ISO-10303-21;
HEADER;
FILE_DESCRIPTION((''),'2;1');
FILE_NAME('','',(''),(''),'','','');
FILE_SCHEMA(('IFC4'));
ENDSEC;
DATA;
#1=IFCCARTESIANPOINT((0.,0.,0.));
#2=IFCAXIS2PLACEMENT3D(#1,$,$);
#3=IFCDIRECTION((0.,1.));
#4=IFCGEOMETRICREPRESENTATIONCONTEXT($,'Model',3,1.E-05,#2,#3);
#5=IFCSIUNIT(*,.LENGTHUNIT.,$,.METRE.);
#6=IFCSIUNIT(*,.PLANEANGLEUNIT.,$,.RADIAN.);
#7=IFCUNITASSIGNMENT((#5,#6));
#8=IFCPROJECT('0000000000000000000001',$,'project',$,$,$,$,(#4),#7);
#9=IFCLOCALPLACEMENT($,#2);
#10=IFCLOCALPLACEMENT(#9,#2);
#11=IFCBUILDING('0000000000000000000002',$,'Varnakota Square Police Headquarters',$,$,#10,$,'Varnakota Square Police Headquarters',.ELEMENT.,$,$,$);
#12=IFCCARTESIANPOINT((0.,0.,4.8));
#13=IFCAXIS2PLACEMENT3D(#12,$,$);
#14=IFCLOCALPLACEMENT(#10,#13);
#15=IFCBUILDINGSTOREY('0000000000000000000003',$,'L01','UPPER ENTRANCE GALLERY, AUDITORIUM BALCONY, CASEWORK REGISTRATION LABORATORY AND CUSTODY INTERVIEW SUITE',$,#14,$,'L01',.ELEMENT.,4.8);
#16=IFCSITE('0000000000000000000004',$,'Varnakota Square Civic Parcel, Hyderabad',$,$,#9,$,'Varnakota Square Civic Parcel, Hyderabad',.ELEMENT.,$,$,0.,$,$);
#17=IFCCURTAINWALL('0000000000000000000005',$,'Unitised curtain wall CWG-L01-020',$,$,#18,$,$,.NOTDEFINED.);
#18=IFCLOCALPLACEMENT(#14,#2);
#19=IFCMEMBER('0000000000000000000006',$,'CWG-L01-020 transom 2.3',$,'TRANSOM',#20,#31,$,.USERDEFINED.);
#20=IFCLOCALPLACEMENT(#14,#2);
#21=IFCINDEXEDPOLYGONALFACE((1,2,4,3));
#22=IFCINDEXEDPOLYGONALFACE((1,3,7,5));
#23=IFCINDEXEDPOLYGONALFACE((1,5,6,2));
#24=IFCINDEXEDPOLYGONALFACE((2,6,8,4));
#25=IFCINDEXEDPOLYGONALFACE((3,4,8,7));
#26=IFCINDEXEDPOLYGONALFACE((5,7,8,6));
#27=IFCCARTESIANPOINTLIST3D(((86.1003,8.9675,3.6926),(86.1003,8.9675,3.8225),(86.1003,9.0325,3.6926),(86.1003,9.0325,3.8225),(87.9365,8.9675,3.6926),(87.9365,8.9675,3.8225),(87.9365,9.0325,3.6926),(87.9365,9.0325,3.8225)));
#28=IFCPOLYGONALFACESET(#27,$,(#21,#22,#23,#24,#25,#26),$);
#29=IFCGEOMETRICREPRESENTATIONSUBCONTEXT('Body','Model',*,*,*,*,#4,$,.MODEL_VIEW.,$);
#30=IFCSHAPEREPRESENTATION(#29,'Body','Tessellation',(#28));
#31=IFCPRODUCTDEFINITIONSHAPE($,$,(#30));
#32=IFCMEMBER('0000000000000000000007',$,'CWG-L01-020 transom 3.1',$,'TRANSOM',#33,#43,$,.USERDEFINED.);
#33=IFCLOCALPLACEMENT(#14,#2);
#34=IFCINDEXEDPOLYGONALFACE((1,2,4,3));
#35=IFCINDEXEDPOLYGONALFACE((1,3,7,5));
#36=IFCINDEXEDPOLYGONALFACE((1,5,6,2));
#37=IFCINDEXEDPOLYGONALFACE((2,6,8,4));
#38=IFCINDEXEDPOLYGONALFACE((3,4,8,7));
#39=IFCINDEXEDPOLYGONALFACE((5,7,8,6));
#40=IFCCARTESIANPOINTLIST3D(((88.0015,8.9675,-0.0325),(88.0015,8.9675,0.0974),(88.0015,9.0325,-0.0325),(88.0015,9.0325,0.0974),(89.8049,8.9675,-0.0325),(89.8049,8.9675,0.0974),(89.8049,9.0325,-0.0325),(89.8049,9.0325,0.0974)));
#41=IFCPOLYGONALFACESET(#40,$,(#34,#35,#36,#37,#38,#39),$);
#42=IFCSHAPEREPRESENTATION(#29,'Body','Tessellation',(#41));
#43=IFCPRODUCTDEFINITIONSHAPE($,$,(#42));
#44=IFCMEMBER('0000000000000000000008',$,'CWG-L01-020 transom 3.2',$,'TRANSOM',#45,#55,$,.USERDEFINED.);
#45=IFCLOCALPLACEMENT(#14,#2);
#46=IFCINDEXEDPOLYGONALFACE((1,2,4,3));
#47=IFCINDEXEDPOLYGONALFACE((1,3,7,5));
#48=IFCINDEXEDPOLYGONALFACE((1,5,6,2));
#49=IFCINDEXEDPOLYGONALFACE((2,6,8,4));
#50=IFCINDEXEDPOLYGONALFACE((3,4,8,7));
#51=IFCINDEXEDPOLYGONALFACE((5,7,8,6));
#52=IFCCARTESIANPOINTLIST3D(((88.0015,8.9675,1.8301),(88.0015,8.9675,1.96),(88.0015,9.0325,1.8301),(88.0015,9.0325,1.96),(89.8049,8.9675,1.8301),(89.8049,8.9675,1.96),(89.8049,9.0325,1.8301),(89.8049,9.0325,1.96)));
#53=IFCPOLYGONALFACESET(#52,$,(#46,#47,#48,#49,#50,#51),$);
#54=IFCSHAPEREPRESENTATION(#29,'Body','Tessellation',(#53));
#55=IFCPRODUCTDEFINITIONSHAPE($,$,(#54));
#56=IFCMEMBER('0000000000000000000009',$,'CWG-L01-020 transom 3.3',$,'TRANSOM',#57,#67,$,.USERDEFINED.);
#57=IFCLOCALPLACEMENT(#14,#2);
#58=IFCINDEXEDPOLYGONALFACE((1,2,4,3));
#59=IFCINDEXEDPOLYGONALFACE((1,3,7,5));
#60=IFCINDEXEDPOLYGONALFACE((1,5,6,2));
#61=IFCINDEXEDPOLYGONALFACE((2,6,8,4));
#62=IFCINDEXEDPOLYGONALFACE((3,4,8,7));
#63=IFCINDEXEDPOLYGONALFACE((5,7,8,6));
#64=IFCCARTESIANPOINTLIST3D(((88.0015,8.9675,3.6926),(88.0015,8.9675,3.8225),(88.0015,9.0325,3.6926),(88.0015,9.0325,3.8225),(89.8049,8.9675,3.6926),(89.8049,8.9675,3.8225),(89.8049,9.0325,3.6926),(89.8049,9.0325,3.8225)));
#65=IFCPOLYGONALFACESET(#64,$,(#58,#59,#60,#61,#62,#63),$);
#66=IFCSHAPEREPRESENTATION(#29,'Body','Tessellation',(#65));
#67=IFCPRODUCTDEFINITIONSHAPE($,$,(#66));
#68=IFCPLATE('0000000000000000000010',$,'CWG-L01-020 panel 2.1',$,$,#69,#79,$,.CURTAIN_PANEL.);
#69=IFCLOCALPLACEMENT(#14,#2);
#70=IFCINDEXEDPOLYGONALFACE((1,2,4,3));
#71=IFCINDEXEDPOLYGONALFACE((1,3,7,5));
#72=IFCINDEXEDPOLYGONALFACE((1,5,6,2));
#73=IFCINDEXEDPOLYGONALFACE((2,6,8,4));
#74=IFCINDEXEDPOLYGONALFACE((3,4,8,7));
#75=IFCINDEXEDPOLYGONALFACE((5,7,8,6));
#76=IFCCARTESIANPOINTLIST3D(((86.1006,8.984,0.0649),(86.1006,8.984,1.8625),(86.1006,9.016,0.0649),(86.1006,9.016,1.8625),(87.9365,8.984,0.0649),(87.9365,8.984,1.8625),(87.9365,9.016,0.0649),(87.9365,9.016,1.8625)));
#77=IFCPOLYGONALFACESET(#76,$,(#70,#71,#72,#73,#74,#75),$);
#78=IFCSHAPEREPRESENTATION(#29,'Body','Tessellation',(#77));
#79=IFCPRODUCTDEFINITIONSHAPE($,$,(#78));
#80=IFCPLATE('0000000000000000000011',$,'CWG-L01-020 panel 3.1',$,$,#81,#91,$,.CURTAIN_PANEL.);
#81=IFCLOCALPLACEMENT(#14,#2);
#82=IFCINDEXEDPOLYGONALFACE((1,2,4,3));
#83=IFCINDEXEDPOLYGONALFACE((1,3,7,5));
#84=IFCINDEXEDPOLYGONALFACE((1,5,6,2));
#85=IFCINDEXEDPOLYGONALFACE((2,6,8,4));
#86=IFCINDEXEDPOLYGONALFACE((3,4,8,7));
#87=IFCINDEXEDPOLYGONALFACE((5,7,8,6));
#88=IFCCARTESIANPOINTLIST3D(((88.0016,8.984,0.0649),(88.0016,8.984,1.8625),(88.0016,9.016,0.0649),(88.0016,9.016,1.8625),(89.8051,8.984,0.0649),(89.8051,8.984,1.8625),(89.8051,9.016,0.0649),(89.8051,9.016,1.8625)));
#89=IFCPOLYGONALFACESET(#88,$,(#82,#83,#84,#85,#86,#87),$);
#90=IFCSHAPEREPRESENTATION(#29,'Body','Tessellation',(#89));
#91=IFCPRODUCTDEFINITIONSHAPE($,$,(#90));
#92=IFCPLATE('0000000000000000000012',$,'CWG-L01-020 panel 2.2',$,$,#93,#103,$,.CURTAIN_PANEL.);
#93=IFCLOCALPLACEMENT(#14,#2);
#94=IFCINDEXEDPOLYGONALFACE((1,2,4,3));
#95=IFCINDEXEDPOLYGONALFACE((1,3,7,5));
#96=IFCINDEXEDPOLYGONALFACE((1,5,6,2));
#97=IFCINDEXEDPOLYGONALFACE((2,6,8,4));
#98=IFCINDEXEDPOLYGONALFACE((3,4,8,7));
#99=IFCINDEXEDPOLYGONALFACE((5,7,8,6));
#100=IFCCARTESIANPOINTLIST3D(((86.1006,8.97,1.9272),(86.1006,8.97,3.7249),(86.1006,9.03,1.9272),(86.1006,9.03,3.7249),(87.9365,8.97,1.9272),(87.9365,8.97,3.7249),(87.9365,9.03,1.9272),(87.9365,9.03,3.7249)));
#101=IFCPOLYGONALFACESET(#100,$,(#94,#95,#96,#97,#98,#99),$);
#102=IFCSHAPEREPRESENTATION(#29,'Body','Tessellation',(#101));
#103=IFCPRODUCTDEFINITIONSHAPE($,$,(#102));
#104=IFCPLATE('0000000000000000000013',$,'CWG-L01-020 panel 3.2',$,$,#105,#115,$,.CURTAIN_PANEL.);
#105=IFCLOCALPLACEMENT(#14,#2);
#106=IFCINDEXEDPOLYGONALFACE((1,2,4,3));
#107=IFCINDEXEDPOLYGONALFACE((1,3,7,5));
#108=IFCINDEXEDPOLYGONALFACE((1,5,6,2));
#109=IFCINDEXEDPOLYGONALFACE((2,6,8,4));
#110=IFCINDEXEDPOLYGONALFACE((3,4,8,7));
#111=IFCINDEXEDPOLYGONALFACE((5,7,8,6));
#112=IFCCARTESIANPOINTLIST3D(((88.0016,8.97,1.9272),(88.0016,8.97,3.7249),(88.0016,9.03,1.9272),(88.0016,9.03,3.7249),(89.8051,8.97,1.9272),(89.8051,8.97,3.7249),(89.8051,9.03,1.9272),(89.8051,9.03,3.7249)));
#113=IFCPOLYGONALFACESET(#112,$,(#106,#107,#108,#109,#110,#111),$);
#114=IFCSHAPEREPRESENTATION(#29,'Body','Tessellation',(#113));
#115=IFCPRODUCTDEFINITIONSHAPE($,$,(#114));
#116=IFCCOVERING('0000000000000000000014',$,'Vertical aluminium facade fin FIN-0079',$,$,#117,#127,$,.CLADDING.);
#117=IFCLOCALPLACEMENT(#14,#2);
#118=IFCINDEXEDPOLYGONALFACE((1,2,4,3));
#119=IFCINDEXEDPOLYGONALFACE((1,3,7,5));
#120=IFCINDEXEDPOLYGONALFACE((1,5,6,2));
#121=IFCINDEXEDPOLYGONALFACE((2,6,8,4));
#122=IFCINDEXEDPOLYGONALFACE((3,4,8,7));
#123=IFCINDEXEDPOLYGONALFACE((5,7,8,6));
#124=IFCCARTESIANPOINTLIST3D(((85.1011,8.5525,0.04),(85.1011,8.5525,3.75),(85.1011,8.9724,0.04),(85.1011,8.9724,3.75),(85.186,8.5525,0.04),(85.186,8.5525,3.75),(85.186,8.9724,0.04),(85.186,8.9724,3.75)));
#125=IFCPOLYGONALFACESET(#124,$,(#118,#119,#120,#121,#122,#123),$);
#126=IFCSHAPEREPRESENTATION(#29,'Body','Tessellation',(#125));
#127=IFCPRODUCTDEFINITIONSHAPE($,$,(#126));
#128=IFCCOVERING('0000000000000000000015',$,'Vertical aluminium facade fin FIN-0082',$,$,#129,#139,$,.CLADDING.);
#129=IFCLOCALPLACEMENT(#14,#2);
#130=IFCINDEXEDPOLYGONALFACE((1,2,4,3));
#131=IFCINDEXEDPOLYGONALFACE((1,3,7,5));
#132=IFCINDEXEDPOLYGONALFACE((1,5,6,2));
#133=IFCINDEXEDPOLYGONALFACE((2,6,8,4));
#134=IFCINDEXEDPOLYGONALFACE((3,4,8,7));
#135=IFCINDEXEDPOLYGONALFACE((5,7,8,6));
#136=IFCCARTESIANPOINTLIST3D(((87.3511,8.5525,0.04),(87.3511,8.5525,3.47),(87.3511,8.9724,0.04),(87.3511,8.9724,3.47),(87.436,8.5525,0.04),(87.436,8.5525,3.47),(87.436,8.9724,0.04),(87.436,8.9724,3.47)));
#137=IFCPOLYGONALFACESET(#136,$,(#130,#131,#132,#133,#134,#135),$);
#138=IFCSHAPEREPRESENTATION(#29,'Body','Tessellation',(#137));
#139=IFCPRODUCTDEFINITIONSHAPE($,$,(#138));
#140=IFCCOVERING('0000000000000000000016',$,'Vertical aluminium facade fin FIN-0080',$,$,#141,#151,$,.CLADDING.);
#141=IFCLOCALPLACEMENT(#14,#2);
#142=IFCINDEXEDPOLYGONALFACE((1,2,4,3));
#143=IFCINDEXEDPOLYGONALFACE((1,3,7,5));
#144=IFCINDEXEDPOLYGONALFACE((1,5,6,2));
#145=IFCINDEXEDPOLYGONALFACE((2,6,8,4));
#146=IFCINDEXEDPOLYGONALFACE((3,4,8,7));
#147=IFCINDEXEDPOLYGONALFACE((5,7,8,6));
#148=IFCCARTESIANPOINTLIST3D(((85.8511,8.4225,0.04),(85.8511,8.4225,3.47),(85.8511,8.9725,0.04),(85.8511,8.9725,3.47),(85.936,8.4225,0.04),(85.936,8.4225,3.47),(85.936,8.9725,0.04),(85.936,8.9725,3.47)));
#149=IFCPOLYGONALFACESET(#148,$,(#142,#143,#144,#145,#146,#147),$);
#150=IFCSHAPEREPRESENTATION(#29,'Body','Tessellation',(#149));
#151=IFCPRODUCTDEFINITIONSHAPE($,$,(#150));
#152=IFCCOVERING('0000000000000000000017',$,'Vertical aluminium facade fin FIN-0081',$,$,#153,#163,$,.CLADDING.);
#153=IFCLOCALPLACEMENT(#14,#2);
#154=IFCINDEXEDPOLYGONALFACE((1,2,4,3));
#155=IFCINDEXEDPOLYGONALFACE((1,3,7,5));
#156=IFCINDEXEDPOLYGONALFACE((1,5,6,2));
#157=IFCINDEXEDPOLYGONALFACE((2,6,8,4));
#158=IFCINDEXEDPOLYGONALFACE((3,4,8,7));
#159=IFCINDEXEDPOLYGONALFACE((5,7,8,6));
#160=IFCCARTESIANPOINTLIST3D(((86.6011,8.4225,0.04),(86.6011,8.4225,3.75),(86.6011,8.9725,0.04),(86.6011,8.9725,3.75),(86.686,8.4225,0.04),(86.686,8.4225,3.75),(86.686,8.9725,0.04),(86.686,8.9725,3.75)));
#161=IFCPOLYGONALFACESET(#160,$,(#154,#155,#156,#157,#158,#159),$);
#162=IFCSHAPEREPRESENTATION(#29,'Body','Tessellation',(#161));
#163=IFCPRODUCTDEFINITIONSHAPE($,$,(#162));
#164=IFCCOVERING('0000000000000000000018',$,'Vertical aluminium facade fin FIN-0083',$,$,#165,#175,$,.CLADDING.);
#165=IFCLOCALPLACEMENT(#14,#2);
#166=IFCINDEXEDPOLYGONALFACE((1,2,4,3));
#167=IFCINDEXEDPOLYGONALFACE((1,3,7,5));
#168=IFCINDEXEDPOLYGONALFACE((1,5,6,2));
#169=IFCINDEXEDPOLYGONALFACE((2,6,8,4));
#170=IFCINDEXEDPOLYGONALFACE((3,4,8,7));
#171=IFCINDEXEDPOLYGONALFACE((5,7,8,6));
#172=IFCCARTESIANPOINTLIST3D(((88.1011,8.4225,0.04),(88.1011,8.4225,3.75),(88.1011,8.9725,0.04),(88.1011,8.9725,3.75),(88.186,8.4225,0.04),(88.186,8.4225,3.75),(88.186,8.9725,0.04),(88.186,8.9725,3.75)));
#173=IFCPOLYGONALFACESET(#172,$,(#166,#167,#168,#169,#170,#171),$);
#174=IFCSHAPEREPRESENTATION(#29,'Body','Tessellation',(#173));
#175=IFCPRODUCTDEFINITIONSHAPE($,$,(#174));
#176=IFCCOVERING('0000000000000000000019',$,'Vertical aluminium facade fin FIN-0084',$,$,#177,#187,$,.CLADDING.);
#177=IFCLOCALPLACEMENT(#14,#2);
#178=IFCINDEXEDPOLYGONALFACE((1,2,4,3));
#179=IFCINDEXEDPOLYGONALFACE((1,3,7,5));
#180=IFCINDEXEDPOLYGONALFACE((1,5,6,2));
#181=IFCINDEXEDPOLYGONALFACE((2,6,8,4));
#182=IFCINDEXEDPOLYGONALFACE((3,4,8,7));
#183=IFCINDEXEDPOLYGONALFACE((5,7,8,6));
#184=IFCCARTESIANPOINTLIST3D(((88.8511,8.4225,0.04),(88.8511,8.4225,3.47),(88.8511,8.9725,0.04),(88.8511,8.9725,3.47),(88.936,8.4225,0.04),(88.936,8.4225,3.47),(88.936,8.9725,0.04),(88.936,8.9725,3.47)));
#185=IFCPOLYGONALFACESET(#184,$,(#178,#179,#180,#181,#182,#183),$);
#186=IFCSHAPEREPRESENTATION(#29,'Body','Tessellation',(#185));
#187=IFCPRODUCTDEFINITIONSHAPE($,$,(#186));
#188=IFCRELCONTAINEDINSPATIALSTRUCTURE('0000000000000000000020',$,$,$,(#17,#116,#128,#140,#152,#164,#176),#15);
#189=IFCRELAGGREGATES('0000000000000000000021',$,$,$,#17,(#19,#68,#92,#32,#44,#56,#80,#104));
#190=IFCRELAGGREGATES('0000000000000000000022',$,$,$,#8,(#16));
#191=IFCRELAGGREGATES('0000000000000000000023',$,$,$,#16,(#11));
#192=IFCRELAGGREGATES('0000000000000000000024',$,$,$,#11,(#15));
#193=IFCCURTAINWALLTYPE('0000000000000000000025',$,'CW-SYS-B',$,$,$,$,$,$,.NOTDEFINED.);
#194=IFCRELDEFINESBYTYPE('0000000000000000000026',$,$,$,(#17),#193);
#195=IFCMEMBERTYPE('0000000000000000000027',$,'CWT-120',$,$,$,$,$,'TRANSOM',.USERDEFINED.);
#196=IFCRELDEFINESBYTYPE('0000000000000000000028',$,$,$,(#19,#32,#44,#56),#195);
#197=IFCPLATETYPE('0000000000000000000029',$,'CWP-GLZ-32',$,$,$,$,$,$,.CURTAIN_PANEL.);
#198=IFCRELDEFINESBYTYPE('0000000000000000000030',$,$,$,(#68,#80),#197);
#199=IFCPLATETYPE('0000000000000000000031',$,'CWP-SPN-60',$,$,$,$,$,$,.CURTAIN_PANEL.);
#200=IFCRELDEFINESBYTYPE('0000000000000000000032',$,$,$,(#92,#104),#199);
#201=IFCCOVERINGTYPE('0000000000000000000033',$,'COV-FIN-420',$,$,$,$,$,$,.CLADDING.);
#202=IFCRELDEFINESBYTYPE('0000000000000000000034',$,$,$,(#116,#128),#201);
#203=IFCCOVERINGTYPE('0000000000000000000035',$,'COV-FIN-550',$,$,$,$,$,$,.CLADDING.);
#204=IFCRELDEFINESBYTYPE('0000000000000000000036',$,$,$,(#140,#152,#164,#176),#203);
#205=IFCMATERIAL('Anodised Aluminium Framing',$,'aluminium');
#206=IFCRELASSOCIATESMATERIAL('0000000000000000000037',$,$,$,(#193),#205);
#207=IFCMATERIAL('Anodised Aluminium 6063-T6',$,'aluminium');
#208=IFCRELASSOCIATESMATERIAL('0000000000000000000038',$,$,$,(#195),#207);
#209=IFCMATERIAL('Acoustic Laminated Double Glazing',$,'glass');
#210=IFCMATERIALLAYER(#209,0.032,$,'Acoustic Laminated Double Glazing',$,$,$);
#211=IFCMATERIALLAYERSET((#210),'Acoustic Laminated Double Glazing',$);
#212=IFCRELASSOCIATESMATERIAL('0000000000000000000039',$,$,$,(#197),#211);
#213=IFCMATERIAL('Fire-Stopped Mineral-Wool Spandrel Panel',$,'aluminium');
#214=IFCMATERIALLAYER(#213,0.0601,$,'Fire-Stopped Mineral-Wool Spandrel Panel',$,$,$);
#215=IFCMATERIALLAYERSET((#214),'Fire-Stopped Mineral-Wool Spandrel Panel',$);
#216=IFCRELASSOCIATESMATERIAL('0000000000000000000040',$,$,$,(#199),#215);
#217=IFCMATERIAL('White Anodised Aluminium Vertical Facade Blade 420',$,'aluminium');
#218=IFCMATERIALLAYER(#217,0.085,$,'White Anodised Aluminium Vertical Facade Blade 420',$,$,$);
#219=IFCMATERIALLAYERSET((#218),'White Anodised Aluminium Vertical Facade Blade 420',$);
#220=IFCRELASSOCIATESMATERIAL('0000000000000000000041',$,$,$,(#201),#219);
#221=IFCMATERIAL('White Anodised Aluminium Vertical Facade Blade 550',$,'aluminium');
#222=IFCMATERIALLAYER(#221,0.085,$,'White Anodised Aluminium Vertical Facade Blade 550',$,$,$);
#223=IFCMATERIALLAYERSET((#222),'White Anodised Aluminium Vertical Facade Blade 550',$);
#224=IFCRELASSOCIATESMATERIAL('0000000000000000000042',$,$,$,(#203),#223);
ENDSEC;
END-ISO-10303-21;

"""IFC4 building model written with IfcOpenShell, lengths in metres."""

from ifc_helpers import new_model, si_unit, direction, frame, origin, origin_2d, place, context, subcontext, project, spatial, rectangle, extrude, material, layer, layer_set, material_profile, profile_set, type_object, element, aggregate, save


model = new_model("IFC4")

# Units and contexts
model_context = context("Model", 3, precision=1e-05, world=origin(), true_north=direction((0.0, 1.0)))
body_context = subcontext(model_context, "Body", "Model", "MODEL_VIEW")
ifc_project = project(units=[si_unit("LENGTHUNIT", "METRE"), si_unit("PLANEANGLEUNIT", "RADIAN")], contexts=[model_context])

# Site, building, storey
site_placement = place(None, origin())
site = spatial("IfcSite", under=ifc_project, at=site_placement, Name="Varnakota Square Civic Parcel, Hyderabad", LongName="Varnakota Square Civic Parcel, Hyderabad", CompositionType="ELEMENT", RefElevation=0.0)
building_placement = place(site_placement, origin())
building = spatial("IfcBuilding", under=site, at=building_placement, Name="Varnakota Square Police Headquarters", LongName="Varnakota Square Police Headquarters", CompositionType="ELEMENT")
storey_placement = place(building_placement, frame((0.0, 0.0, 4.8)))
storey = spatial("IfcBuildingStorey", under=building, at=storey_placement, Name="L01", Description="UPPER ENTRANCE GALLERY, AUDITORIUM BALCONY, CASEWORK REGISTRATION LABORATORY AND CUSTODY INTERVIEW SUITE", LongName="L01", CompositionType="ELEMENT", Elevation=4.8)

# Curtain wall, members, plates
ifc_material_1 = material(Name="Anodised Aluminium Framing", Category="aluminium")
curtain_wall_type = type_object("IfcCurtainWallType", Name="CW-SYS-B", PredefinedType="NOTDEFINED", material=ifc_material_1)
curtain_wall_placement = place(storey_placement, origin())
curtain_wall = element("IfcCurtainWall", 1, at=curtain_wall_placement, inside=storey, type_object=curtain_wall_type, Name="Unitised curtain wall CWG-L01-020", PredefinedType="NOTDEFINED")
ifc_material_2 = material(Name="Anodised Aluminium 6063-T6", Category="aluminium")
ifc_material_profile_1 = material_profile(ifc_material_2, rectangle(XDim=0.0649, YDim=0.1299, at=origin_2d()), Name="ALU TRANSOM 65x130")
ifc_profile_set_1 = profile_set([ifc_material_profile_1], Name="Anodised Aluminium 6063-T6")
member_type_1 = type_object("IfcMemberType", Name="CWT-120", ElementType="TRANSOM", PredefinedType="USERDEFINED", material=ifc_profile_set_1)
member_1_placement = place(storey_placement, frame((86.1003, 9.0, 3.7576), z_axis=(1.0, 0.0, 0.0), x_axis=(0.0, 1.0, 0.0)))
member_1 = element("IfcMember", 2, at=member_1_placement, type_object=member_type_1, Name="CWG-L01-020 transom 2.3", ObjectType="TRANSOM", PredefinedType="USERDEFINED", context=body_context, shape_type="SweptSolid", body=[
    extrude(rectangle(XDim=0.0649, YDim=0.1299, at=origin_2d()), origin(), (0.0, 0.0, 1.0), 1.8362),
])
member_2_placement = place(storey_placement, frame((88.0015, 9.0, 0.0325), z_axis=(1.0, 0.0, 0.0), x_axis=(0.0, 1.0, 0.0)))
member_2 = element("IfcMember", 3, at=member_2_placement, type_object=member_type_1, Name="CWG-L01-020 transom 3.1", ObjectType="TRANSOM", PredefinedType="USERDEFINED", context=body_context, shape_type="SweptSolid", body=[
    extrude(rectangle(XDim=0.0649, YDim=0.1299, at=origin_2d()), origin(), (0.0, 0.0, 1.0), 1.8035),
])
member_3_placement = place(storey_placement, frame((88.0015, 9.0, 1.895), z_axis=(1.0, 0.0, 0.0), x_axis=(0.0, 1.0, 0.0)))
member_3 = element("IfcMember", 4, at=member_3_placement, type_object=member_type_1, Name="CWG-L01-020 transom 3.2", ObjectType="TRANSOM", PredefinedType="USERDEFINED", context=body_context, shape_type="SweptSolid", body=[
    extrude(rectangle(XDim=0.0649, YDim=0.1299, at=origin_2d()), origin(), (0.0, 0.0, 1.0), 1.8035),
])
member_4_placement = place(storey_placement, frame((88.0015, 9.0, 3.7576), z_axis=(1.0, 0.0, 0.0), x_axis=(0.0, 1.0, 0.0)))
member_4 = element("IfcMember", 5, at=member_4_placement, type_object=member_type_1, Name="CWG-L01-020 transom 3.3", ObjectType="TRANSOM", PredefinedType="USERDEFINED", context=body_context, shape_type="SweptSolid", body=[
    extrude(rectangle(XDim=0.0649, YDim=0.1299, at=origin_2d()), origin(), (0.0, 0.0, 1.0), 1.8035),
])
ifc_material_3 = material(Name="Acoustic Laminated Double Glazing", Category="glass")
ifc_layer_1 = layer(ifc_material_3, 0.032, Name="Acoustic Laminated Double Glazing")
ifc_layer_set_1 = layer_set([ifc_layer_1], Name="Acoustic Laminated Double Glazing")
plate_type_1 = type_object("IfcPlateType", Name="CWP-GLZ-32", PredefinedType="CURTAIN_PANEL", material=ifc_layer_set_1)
plate_1_placement = place(storey_placement, frame((87.0186, 9.0, 0.0649), z_axis=(0.0, 0.0, 1.0), x_axis=(1.0, 0.0, 0.0)))
plate_1 = element("IfcPlate", 6, at=plate_1_placement, type_object=plate_type_1, Name="CWG-L01-020 panel 2.1", PredefinedType="CURTAIN_PANEL", context=body_context, shape_type="SweptSolid", body=[
    extrude(rectangle(XDim=1.8359, YDim=0.032, at=origin_2d()), origin(), (0.0, 0.0, 1.0), 1.7976),
])
plate_2_placement = place(storey_placement, frame((88.9033, 9.0, 0.0649), z_axis=(0.0, 0.0, 1.0), x_axis=(1.0, 0.0, 0.0)))
plate_2 = element("IfcPlate", 7, at=plate_2_placement, type_object=plate_type_1, Name="CWG-L01-020 panel 3.1", PredefinedType="CURTAIN_PANEL", context=body_context, shape_type="SweptSolid", body=[
    extrude(rectangle(XDim=1.8035, YDim=0.032, at=origin_2d()), origin(), (0.0, 0.0, 1.0), 1.7976),
])
ifc_material_4 = material(Name="Fire-Stopped Mineral-Wool Spandrel Panel", Category="aluminium")
ifc_layer_2 = layer(ifc_material_4, 0.0601, Name="Fire-Stopped Mineral-Wool Spandrel Panel")
ifc_layer_set_2 = layer_set([ifc_layer_2], Name="Fire-Stopped Mineral-Wool Spandrel Panel")
plate_type_2 = type_object("IfcPlateType", Name="CWP-SPN-60", PredefinedType="CURTAIN_PANEL", material=ifc_layer_set_2)
plate_3_placement = place(storey_placement, frame((87.0186, 9.0, 1.9272), z_axis=(0.0, 0.0, 1.0), x_axis=(1.0, 0.0, 0.0)))
plate_3 = element("IfcPlate", 8, at=plate_3_placement, type_object=plate_type_2, Name="CWG-L01-020 panel 2.2", PredefinedType="CURTAIN_PANEL", context=body_context, shape_type="SweptSolid", body=[
    extrude(rectangle(XDim=1.8359, YDim=0.0601, at=origin_2d()), origin(), (0.0, 0.0, 1.0), 1.7976),
])
plate_4_placement = place(storey_placement, frame((88.9033, 9.0, 1.9272), z_axis=(0.0, 0.0, 1.0), x_axis=(1.0, 0.0, 0.0)))
plate_4 = element("IfcPlate", 9, at=plate_4_placement, type_object=plate_type_2, Name="CWG-L01-020 panel 3.2", PredefinedType="CURTAIN_PANEL", context=body_context, shape_type="SweptSolid", body=[
    extrude(rectangle(XDim=1.8035, YDim=0.0601, at=origin_2d()), origin(), (0.0, 0.0, 1.0), 1.7976),
])
aggregate(curtain_wall, [member_1, plate_1, plate_3, member_2, member_3, member_4, plate_2, plate_4])

# Coverings
ifc_material_5 = material(Name="White Anodised Aluminium Vertical Facade Blade 420", Category="aluminium")
ifc_layer_3 = layer(ifc_material_5, 0.085, Name="White Anodised Aluminium Vertical Facade Blade 420")
ifc_layer_set_3 = layer_set([ifc_layer_3], Name="White Anodised Aluminium Vertical Facade Blade 420")
covering_type_1 = type_object("IfcCoveringType", Name="COV-FIN-420", PredefinedType="CLADDING", material=ifc_layer_set_3)
covering_1_placement = place(storey_placement, frame((85.1436, 8.7625, 0.04), z_axis=(0.0, 0.0, 1.0), x_axis=(1.0, 0.0, 0.0)))
element("IfcCovering", 10, at=covering_1_placement, inside=storey, type_object=covering_type_1, Name="Vertical aluminium facade fin FIN-0079", PredefinedType="CLADDING", context=body_context, shape_type="SweptSolid", body=[
    extrude(rectangle(XDim=0.085, YDim=0.4199, at=origin_2d()), origin(), (0.0, 0.0, 1.0), 3.71),
])
covering_2_placement = place(storey_placement, frame((87.3936, 8.7625, 0.04), z_axis=(0.0, 0.0, 1.0), x_axis=(1.0, 0.0, 0.0)))
element("IfcCovering", 11, at=covering_2_placement, inside=storey, type_object=covering_type_1, Name="Vertical aluminium facade fin FIN-0082", PredefinedType="CLADDING", context=body_context, shape_type="SweptSolid", body=[
    extrude(rectangle(XDim=0.085, YDim=0.4199, at=origin_2d()), origin(), (0.0, 0.0, 1.0), 3.4299),
])
ifc_material_6 = material(Name="White Anodised Aluminium Vertical Facade Blade 550", Category="aluminium")
ifc_layer_4 = layer(ifc_material_6, 0.085, Name="White Anodised Aluminium Vertical Facade Blade 550")
ifc_layer_set_4 = layer_set([ifc_layer_4], Name="White Anodised Aluminium Vertical Facade Blade 550")
covering_type_2 = type_object("IfcCoveringType", Name="COV-FIN-550", PredefinedType="CLADDING", material=ifc_layer_set_4)
covering_3_placement = place(storey_placement, frame((85.8936, 8.6975, 0.04), z_axis=(0.0, 0.0, 1.0), x_axis=(1.0, 0.0, 0.0)))
element("IfcCovering", 12, at=covering_3_placement, inside=storey, type_object=covering_type_2, Name="Vertical aluminium facade fin FIN-0080", PredefinedType="CLADDING", context=body_context, shape_type="SweptSolid", body=[
    extrude(rectangle(XDim=0.085, YDim=0.55, at=origin_2d()), origin(), (0.0, 0.0, 1.0), 3.4299),
])
for number, where, z_axis, x_axis, name in (
    (13, (86.6436, 8.6975, 0.04), (0.0, 0.0, 1.0), (1.0, 0.0, 0.0), "Vertical aluminium facade fin FIN-0081"),
    (14, (88.1436, 8.6975, 0.04), (0.0, 0.0, 1.0), (1.0, 0.0, 0.0), "Vertical aluminium facade fin FIN-0083"),
):
    element("IfcCovering", number, at=place(storey_placement, frame(where, z_axis=z_axis, x_axis=x_axis)), inside=storey, type_object=covering_type_2, Name=name, PredefinedType="CLADDING", context=body_context, shape_type="SweptSolid", body=[
        extrude(rectangle(XDim=0.085, YDim=0.55, at=origin_2d()), origin(), (0.0, 0.0, 1.0), 3.71),
    ])
covering_4_placement = place(storey_placement, frame((88.8936, 8.6975, 0.04), z_axis=(0.0, 0.0, 1.0), x_axis=(1.0, 0.0, 0.0)))
element("IfcCovering", 15, at=covering_4_placement, inside=storey, type_object=covering_type_2, Name="Vertical aluminium facade fin FIN-0084", PredefinedType="CLADDING", context=body_context, shape_type="SweptSolid", body=[
    extrude(rectangle(XDim=0.085, YDim=0.55, at=origin_2d()), origin(), (0.0, 0.0, 1.0), 3.4299),
])

save(model, "model.ifc")
